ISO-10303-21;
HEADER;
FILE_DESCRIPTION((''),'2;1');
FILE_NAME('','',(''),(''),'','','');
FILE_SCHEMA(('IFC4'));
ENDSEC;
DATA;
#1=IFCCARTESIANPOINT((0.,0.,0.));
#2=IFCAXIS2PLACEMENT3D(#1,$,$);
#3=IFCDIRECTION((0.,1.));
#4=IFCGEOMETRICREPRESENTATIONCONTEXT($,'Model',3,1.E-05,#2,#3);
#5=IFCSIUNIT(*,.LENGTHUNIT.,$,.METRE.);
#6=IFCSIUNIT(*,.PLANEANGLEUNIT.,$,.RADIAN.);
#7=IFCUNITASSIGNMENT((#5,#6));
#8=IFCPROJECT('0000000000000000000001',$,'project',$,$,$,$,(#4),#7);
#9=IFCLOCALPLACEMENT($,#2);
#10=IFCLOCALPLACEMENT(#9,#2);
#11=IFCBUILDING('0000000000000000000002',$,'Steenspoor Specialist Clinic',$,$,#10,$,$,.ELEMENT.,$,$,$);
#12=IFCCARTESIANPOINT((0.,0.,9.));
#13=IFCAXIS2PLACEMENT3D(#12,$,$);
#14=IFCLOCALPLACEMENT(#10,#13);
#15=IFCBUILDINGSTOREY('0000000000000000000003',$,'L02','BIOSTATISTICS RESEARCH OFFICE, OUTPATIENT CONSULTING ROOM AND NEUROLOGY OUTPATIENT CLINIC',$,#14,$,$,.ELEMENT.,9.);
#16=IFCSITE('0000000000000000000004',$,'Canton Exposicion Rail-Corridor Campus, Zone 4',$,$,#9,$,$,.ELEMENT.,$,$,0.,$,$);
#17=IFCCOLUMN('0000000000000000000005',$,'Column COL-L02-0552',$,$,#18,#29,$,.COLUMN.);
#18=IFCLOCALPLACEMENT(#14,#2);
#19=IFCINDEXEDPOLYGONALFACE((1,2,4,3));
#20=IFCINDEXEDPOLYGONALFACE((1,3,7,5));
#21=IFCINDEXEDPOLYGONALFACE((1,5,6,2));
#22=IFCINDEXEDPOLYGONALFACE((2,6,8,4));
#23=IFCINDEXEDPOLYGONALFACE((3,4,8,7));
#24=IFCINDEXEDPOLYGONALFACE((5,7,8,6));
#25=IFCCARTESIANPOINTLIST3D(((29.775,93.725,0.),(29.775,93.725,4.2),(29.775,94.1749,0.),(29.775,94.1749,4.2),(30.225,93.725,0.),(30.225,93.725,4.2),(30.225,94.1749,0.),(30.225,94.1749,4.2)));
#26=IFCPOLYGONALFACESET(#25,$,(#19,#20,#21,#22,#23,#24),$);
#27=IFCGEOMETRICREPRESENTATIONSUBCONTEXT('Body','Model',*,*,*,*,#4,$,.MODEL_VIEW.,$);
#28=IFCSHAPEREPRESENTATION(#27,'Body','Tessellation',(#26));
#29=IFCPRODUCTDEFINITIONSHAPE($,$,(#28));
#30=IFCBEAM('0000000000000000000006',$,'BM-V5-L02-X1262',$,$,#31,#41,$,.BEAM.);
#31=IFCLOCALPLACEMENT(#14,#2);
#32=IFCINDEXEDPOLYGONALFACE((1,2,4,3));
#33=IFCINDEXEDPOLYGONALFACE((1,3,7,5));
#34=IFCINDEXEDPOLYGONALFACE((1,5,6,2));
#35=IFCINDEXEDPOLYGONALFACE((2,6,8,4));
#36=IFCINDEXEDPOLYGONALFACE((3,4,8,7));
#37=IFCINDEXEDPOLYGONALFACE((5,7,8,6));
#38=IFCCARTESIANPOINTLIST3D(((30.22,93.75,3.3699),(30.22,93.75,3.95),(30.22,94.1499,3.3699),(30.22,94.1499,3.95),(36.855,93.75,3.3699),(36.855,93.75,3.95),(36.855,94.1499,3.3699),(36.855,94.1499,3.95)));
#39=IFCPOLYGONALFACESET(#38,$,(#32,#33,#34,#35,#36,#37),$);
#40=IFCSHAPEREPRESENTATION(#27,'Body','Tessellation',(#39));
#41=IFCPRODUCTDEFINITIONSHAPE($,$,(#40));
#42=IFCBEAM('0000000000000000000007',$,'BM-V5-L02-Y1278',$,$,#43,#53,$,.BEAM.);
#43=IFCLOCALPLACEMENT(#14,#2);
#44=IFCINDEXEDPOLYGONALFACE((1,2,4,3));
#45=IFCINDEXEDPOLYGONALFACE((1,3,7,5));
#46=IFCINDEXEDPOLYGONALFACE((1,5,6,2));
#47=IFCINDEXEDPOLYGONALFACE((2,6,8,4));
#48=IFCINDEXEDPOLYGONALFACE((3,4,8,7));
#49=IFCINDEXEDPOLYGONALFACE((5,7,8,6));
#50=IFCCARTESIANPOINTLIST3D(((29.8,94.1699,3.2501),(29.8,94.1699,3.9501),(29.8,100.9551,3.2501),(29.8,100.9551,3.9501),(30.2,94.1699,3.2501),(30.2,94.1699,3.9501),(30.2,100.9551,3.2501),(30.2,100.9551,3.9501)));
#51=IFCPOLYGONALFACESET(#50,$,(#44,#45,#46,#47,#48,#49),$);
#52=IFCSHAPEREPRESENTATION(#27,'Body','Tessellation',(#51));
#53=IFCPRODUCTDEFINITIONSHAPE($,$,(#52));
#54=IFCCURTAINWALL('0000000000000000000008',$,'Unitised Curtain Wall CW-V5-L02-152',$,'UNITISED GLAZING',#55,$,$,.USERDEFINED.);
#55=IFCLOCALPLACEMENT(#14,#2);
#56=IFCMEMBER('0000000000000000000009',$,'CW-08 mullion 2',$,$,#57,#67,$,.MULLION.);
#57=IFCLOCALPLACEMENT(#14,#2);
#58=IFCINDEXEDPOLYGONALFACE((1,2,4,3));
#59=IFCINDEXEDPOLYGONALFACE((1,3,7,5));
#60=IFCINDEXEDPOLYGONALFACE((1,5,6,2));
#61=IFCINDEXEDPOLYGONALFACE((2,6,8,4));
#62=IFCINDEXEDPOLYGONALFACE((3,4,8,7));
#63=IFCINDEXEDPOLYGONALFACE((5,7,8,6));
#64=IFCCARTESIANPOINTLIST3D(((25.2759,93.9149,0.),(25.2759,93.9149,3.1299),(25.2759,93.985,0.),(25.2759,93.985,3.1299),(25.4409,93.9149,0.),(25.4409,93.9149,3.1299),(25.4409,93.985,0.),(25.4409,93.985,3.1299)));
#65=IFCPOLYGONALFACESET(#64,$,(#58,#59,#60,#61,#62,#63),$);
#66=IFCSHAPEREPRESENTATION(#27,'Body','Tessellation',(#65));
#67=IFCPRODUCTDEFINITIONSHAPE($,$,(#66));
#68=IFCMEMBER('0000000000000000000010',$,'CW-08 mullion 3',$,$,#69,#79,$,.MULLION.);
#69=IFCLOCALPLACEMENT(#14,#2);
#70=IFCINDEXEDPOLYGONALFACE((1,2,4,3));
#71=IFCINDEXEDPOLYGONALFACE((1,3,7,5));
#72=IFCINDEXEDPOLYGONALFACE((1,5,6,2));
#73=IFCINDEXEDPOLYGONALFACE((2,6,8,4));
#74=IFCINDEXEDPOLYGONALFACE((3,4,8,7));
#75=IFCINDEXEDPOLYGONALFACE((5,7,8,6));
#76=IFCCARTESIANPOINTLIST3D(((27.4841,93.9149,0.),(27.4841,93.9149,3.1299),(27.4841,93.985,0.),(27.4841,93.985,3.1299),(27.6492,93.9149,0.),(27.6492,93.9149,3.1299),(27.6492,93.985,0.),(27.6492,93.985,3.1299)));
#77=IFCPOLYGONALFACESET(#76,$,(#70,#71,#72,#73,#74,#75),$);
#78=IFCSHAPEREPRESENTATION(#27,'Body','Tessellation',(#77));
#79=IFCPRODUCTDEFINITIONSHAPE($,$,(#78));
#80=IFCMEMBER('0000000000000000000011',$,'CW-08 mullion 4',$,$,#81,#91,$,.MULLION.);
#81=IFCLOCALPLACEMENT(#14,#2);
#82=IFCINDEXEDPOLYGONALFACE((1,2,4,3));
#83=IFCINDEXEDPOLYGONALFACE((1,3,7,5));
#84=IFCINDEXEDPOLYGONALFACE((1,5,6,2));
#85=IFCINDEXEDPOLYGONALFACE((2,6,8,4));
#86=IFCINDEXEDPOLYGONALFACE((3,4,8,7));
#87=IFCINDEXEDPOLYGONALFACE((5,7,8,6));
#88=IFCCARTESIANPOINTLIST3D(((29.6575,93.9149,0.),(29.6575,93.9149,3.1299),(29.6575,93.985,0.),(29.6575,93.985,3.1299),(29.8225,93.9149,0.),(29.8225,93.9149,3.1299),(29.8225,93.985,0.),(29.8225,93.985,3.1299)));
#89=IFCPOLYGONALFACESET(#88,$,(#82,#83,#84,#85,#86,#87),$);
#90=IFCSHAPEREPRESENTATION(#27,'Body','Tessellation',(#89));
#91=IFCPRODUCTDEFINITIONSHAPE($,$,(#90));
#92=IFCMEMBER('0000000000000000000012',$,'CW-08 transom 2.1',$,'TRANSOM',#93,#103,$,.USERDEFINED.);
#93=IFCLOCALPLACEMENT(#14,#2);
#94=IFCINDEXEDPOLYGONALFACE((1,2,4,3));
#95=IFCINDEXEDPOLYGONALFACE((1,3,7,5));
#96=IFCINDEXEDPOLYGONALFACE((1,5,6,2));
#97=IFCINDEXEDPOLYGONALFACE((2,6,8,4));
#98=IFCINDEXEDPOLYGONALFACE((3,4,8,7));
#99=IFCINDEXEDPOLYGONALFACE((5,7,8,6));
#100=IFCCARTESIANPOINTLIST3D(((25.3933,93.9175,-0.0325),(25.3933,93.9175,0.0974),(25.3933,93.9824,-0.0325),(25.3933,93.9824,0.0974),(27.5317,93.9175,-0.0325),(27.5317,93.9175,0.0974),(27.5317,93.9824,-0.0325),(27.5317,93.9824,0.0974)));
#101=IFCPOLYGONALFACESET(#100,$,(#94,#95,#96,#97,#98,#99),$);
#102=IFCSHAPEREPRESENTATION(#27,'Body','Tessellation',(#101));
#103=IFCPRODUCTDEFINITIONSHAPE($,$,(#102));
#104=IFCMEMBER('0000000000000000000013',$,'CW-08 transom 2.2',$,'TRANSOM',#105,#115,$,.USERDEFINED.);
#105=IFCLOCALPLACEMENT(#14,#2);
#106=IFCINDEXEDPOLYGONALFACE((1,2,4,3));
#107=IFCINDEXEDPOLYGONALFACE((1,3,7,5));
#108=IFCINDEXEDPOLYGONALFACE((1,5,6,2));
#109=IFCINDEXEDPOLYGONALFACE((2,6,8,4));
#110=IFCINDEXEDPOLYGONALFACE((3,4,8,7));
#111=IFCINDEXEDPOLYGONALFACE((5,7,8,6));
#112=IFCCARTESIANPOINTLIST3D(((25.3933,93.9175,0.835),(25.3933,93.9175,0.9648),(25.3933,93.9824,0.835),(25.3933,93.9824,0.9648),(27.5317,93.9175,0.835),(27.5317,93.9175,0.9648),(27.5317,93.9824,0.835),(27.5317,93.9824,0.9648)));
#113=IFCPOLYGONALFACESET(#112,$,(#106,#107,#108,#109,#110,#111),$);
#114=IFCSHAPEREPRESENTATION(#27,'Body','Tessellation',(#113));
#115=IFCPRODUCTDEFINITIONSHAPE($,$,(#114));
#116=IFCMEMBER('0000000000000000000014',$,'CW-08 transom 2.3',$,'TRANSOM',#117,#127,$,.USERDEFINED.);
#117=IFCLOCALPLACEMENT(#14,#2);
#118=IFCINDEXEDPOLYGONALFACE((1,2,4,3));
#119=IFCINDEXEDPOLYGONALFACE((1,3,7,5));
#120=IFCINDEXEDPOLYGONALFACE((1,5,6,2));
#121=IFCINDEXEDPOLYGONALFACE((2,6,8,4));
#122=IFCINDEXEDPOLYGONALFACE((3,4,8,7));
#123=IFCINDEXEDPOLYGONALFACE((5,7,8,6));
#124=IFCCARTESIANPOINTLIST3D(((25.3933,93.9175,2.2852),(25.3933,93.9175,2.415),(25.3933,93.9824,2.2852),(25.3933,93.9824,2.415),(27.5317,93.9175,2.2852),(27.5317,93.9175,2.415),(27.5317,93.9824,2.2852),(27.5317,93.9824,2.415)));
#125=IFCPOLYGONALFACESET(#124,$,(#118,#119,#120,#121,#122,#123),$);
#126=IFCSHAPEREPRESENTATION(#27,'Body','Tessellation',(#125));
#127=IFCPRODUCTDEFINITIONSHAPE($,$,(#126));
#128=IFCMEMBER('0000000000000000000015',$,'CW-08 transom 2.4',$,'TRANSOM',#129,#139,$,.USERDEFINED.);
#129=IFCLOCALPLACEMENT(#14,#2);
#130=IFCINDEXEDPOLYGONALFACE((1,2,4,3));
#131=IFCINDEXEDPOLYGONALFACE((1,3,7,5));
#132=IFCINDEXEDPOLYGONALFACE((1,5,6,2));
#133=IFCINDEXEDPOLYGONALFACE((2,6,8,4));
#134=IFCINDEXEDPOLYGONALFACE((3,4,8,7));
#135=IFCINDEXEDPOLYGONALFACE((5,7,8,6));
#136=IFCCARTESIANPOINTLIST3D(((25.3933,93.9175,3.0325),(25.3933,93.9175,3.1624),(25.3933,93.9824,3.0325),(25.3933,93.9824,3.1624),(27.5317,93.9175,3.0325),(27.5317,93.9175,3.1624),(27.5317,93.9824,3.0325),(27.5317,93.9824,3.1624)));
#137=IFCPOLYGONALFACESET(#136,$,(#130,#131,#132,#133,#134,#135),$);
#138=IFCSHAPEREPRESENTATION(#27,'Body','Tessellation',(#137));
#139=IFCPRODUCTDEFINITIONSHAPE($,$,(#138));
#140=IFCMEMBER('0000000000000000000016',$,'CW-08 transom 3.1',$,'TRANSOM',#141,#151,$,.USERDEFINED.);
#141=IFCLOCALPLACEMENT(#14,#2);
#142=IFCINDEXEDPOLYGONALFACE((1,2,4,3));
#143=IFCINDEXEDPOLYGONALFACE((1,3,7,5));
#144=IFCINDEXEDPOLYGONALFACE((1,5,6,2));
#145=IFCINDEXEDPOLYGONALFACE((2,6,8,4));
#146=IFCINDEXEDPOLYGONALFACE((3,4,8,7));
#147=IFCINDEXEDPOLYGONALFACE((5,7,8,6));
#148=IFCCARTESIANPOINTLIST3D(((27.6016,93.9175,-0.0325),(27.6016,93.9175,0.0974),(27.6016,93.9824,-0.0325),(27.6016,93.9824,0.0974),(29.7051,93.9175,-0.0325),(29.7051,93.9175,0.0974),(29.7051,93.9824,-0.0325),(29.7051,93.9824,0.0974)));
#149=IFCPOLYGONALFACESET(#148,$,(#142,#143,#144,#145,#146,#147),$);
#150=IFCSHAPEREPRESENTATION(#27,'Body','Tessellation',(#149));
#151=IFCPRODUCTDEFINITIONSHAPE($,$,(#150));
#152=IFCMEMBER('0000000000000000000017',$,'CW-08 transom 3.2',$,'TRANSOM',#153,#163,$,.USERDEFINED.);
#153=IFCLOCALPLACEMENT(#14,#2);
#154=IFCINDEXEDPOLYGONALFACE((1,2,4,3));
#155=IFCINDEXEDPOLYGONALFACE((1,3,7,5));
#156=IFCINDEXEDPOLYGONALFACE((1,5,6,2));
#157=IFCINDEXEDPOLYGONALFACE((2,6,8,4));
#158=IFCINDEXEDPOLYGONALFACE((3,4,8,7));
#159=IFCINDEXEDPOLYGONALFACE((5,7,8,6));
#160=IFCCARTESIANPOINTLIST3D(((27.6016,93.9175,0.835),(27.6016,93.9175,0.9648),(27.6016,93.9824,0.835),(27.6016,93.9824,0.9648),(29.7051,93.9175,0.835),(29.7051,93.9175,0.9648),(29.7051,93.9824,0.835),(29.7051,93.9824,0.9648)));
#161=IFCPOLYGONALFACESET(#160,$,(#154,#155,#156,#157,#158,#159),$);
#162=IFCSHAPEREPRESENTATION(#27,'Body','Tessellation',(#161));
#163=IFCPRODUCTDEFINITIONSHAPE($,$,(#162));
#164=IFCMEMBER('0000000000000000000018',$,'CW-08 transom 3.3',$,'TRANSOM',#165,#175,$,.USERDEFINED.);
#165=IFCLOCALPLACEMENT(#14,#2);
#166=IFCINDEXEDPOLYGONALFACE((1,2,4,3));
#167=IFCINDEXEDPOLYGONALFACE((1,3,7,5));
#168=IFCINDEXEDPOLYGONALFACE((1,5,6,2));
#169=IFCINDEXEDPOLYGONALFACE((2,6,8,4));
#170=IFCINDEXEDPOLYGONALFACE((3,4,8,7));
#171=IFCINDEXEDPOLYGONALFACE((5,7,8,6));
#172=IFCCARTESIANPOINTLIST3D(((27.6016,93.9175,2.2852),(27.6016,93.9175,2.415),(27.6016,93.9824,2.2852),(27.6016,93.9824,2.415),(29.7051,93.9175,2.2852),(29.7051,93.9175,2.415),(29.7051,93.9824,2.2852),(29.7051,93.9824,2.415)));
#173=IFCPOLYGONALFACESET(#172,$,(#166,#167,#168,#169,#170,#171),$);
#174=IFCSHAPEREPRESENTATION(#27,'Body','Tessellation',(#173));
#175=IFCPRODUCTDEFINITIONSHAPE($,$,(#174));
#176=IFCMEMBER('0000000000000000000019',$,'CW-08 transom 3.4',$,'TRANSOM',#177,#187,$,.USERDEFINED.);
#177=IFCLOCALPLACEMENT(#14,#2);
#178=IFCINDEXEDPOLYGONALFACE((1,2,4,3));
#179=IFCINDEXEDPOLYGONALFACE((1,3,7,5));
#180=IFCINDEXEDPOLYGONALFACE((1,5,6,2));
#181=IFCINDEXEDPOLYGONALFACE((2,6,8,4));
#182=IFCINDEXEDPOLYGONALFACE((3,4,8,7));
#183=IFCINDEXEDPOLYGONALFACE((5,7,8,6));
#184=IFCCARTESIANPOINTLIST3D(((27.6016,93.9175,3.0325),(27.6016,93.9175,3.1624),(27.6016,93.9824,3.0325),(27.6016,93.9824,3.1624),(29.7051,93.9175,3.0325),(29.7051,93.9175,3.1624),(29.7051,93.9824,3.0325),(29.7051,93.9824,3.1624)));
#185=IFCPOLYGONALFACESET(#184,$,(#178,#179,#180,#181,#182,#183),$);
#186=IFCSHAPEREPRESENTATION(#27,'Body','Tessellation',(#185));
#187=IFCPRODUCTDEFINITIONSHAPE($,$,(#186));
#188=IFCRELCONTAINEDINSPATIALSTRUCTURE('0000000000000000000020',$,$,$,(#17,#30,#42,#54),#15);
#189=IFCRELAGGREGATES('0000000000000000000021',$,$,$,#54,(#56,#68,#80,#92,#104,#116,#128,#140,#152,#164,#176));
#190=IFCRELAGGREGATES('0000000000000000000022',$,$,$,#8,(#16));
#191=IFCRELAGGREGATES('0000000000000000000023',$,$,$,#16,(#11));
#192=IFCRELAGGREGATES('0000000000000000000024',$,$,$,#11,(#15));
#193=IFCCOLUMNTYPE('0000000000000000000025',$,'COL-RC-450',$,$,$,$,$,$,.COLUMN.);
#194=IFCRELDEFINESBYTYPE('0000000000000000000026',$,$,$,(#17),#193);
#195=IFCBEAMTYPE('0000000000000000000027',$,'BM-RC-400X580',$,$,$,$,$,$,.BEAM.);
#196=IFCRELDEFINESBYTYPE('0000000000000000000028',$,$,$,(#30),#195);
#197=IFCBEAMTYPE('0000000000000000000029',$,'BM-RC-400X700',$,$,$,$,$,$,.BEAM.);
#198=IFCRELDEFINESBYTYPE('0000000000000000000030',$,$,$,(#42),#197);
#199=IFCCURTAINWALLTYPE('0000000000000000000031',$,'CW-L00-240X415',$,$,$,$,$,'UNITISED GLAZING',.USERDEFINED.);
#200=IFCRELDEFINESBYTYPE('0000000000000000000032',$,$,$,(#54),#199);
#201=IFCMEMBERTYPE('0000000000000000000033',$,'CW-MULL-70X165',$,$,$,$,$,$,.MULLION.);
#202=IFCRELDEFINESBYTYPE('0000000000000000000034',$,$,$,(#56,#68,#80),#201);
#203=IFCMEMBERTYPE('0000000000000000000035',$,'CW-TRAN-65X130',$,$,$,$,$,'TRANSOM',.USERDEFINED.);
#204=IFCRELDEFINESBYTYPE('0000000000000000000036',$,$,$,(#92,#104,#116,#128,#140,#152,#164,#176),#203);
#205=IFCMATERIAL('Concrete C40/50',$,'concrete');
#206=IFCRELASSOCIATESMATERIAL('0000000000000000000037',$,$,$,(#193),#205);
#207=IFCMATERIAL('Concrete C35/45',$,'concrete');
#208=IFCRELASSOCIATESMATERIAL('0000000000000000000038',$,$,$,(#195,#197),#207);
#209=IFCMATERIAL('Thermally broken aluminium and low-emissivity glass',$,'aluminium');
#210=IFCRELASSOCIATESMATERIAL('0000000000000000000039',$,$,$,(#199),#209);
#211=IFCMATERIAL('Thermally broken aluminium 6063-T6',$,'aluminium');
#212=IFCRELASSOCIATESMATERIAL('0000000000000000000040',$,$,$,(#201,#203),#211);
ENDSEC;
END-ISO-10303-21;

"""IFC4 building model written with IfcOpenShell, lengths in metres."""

from ifc_helpers import new_model, si_unit, direction, frame, origin, origin_2d, place, context, subcontext, project, spatial, rectangle, extrude, material, material_profile, profile_set, type_object, element, aggregate, save


model = new_model("IFC4")

# Units and contexts
model_context = context("Model", 3, precision=1e-05, world=origin(), true_north=direction((0.0, 1.0)))
body_context = subcontext(model_context, "Body", "Model", "MODEL_VIEW")
ifc_project = project(units=[si_unit("LENGTHUNIT", "METRE"), si_unit("PLANEANGLEUNIT", "RADIAN")], contexts=[model_context])

# Site, building, storey
site_placement = place(None, origin())
site = spatial("IfcSite", under=ifc_project, at=site_placement, Name="Canton Exposicion Rail-Corridor Campus, Zone 4", CompositionType="ELEMENT", RefElevation=0.0)
building_placement = place(site_placement, origin())
building = spatial("IfcBuilding", under=site, at=building_placement, Name="Steenspoor Specialist Clinic", CompositionType="ELEMENT")
storey_placement = place(building_placement, frame((0.0, 0.0, 9.0)))
storey = spatial("IfcBuildingStorey", under=building, at=storey_placement, Name="L02", Description="BIOSTATISTICS RESEARCH OFFICE, OUTPATIENT CONSULTING ROOM AND NEUROLOGY OUTPATIENT CLINIC", CompositionType="ELEMENT", Elevation=9.0)

# Column
ifc_material_1 = material(Name="Concrete C40/50", Category="concrete")
ifc_material_profile_1 = material_profile(ifc_material_1, rectangle(XDim=0.45, YDim=0.45, at=origin_2d()), Name="RC-COL-450X450")
ifc_profile_set_1 = profile_set([ifc_material_profile_1], Name="Concrete C40/50")
column_type = type_object("IfcColumnType", Name="COL-RC-450", PredefinedType="COLUMN", material=ifc_profile_set_1)
column_placement = place(storey_placement, frame((30.0, 93.95, 0.0), z_axis=(0.0, 0.0, 1.0), x_axis=(1.0, 0.0, 0.0)))
element("IfcColumn", 1, at=column_placement, inside=storey, type_object=column_type, Name="Column COL-L02-0552", PredefinedType="COLUMN", context=body_context, shape_type="SweptSolid", body=[
    extrude(rectangle(XDim=0.45, YDim=0.45, at=origin_2d()), origin(), (0.0, 0.0, 1.0), 4.2),
])

# Beams
ifc_material_2 = material(Name="Concrete C35/45", Category="concrete")
ifc_material_profile_2 = material_profile(ifc_material_2, rectangle(XDim=0.3999, YDim=0.5801, at=origin_2d()), Name="RC-BM-400X580")
ifc_profile_set_2 = profile_set([ifc_material_profile_2], Name="Concrete C35/45")
beam_type_1 = type_object("IfcBeamType", Name="BM-RC-400X580", PredefinedType="BEAM", material=ifc_profile_set_2)
beam_1_placement = place(storey_placement, frame((30.22, 93.95, 3.6599), z_axis=(1.0, 0.0, 0.0), x_axis=(0.0, 1.0, 0.0)))
element("IfcBeam", 2, at=beam_1_placement, inside=storey, type_object=beam_type_1, Name="BM-V5-L02-X1262", PredefinedType="BEAM", context=body_context, shape_type="SweptSolid", body=[
    extrude(rectangle(XDim=0.3999, YDim=0.5801, at=origin_2d()), origin(), (0.0, 0.0, 1.0), 6.635),
])
ifc_material_profile_3 = material_profile(ifc_material_2, rectangle(XDim=0.3999, YDim=0.7, at=origin_2d()), Name="RC-BM-400X700")
ifc_profile_set_3 = profile_set([ifc_material_profile_3], Name="Concrete C35/45")
beam_type_2 = type_object("IfcBeamType", Name="BM-RC-400X700", PredefinedType="BEAM", material=ifc_profile_set_3)
beam_2_placement = place(storey_placement, frame((30.0, 94.1699, 3.6001), z_axis=(0.0, 1.0, 0.0), x_axis=(-1.0, 0.0, 0.0)))
element("IfcBeam", 3, at=beam_2_placement, inside=storey, type_object=beam_type_2, Name="BM-V5-L02-Y1278", PredefinedType="BEAM", context=body_context, shape_type="SweptSolid", body=[
    extrude(rectangle(XDim=0.3999, YDim=0.7, at=origin_2d()), origin(), (0.0, 0.0, 1.0), 6.7852),
])

# Curtain wall, members
ifc_material_3 = material(Name="Thermally broken aluminium and low-emissivity glass", Category="aluminium")
curtain_wall_type = type_object("IfcCurtainWallType", Name="CW-L00-240X415", ElementType="UNITISED GLAZING", PredefinedType="USERDEFINED", material=ifc_material_3)
curtain_wall_placement = place(storey_placement, origin())
curtain_wall = element("IfcCurtainWall", 4, at=curtain_wall_placement, inside=storey, type_object=curtain_wall_type, Name="Unitised Curtain Wall CW-V5-L02-152", ObjectType="UNITISED GLAZING", PredefinedType="USERDEFINED")
ifc_material_4 = material(Name="Thermally broken aluminium 6063-T6", Category="aluminium")
ifc_material_profile_4 = material_profile(ifc_material_4, rectangle(XDim=0.0701, YDim=0.165, at=origin_2d()), Name="CWM-70X165")
ifc_profile_set_4 = profile_set([ifc_material_profile_4], Name="Thermally broken aluminium 6063-T6")
member_type_1 = type_object("IfcMemberType", Name="CW-MULL-70X165", PredefinedType="MULLION", material=ifc_profile_set_4)
member_1_placement = place(storey_placement, frame((25.3584, 93.95, 0.0), z_axis=(0.0, 0.0, 1.0), x_axis=(0.0, 1.0, 0.0)))
member_1 = element("IfcMember", 5, at=member_1_placement, type_object=member_type_1, Name="CW-08 mullion 2", PredefinedType="MULLION", context=body_context, shape_type="SweptSolid", body=[
    extrude(rectangle(XDim=0.0701, YDim=0.165, at=origin_2d()), origin(), (0.0, 0.0, 1.0), 3.1299),
])
member_2_placement = place(storey_placement, frame((27.5667, 93.95, 0.0), z_axis=(0.0, 0.0, 1.0), x_axis=(0.0, 1.0, 0.0)))
member_2 = element("IfcMember", 6, at=member_2_placement, type_object=member_type_1, Name="CW-08 mullion 3", PredefinedType="MULLION", context=body_context, shape_type="SweptSolid", body=[
    extrude(rectangle(XDim=0.0701, YDim=0.165, at=origin_2d()), origin(), (0.0, 0.0, 1.0), 3.1299),
])
member_3_placement = place(storey_placement, frame((29.74, 93.95, 0.0), z_axis=(0.0, 0.0, 1.0), x_axis=(0.0, 1.0, 0.0)))
member_3 = element("IfcMember", 7, at=member_3_placement, type_object=member_type_1, Name="CW-08 mullion 4", PredefinedType="MULLION", context=body_context, shape_type="SweptSolid", body=[
    extrude(rectangle(XDim=0.0701, YDim=0.165, at=origin_2d()), origin(), (0.0, 0.0, 1.0), 3.1299),
])
ifc_material_profile_5 = material_profile(ifc_material_4, rectangle(XDim=0.0649, YDim=0.1299, at=origin_2d()), Name="CWT-65X130")
ifc_profile_set_5 = profile_set([ifc_material_profile_5], Name="Thermally broken aluminium 6063-T6")
member_type_2 = type_object("IfcMemberType", Name="CW-TRAN-65X130", ElementType="TRANSOM", PredefinedType="USERDEFINED", material=ifc_profile_set_5)
member_4_placement = place(storey_placement, frame((25.3933, 93.95, 0.0325), z_axis=(1.0, 0.0, 0.0), x_axis=(0.0, 1.0, 0.0)))
member_4 = element("IfcMember", 8, at=member_4_placement, type_object=member_type_2, Name="CW-08 transom 2.1", ObjectType="TRANSOM", PredefinedType="USERDEFINED", context=body_context, shape_type="SweptSolid", body=[
    extrude(rectangle(XDim=0.0649, YDim=0.1299, at=origin_2d()), origin(), (0.0, 0.0, 1.0), 2.1384),
])
member_5_placement = place(storey_placement, frame((25.3933, 93.95, 0.8999), z_axis=(1.0, 0.0, 0.0), x_axis=(0.0, 1.0, 0.0)))
member_5 = element("IfcMember", 9, at=member_5_placement, type_object=member_type_2, Name="CW-08 transom 2.2", ObjectType="TRANSOM", PredefinedType="USERDEFINED", context=body_context, shape_type="SweptSolid", body=[
    extrude(rectangle(XDim=0.0649, YDim=0.1299, at=origin_2d()), origin(), (0.0, 0.0, 1.0), 2.1384),
])
member_6_placement = place(storey_placement, frame((25.3933, 93.95, 2.3501), z_axis=(1.0, 0.0, 0.0), x_axis=(0.0, 1.0, 0.0)))
member_6 = element("IfcMember", 10, at=member_6_placement, type_object=member_type_2, Name="CW-08 transom 2.3", ObjectType="TRANSOM", PredefinedType="USERDEFINED", context=body_context, shape_type="SweptSolid", body=[
    extrude(rectangle(XDim=0.0649, YDim=0.1299, at=origin_2d()), origin(), (0.0, 0.0, 1.0), 2.1384),
])
member_7_placement = place(storey_placement, frame((25.3933, 93.95, 3.0974), z_axis=(1.0, 0.0, 0.0), x_axis=(0.0, 1.0, 0.0)))
member_7 = element("IfcMember", 11, at=member_7_placement, type_object=member_type_2, Name="CW-08 transom 2.4", ObjectType="TRANSOM", PredefinedType="USERDEFINED", context=body_context, shape_type="SweptSolid", body=[
    extrude(rectangle(XDim=0.0649, YDim=0.1299, at=origin_2d()), origin(), (0.0, 0.0, 1.0), 2.1384),
])
member_8_placement = place(storey_placement, frame((27.6016, 93.95, 0.0325), z_axis=(1.0, 0.0, 0.0), x_axis=(0.0, 1.0, 0.0)))
member_8 = element("IfcMember", 12, at=member_8_placement, type_object=member_type_2, Name="CW-08 transom 3.1", ObjectType="TRANSOM", PredefinedType="USERDEFINED", context=body_context, shape_type="SweptSolid", body=[
    extrude(rectangle(XDim=0.0649, YDim=0.1299, at=origin_2d()), origin(), (0.0, 0.0, 1.0), 2.1035),
])
member_9_placement = place(storey_placement, frame((27.6016, 93.95, 0.8999), z_axis=(1.0, 0.0, 0.0), x_axis=(0.0, 1.0, 0.0)))
member_9 = element("IfcMember", 13, at=member_9_placement, type_object=member_type_2, Name="CW-08 transom 3.2", ObjectType="TRANSOM", PredefinedType="USERDEFINED", context=body_context, shape_type="SweptSolid", body=[
    extrude(rectangle(XDim=0.0649, YDim=0.1299, at=origin_2d()), origin(), (0.0, 0.0, 1.0), 2.1035),
])
member_10_placement = place(storey_placement, frame((27.6016, 93.95, 2.3501), z_axis=(1.0, 0.0, 0.0), x_axis=(0.0, 1.0, 0.0)))
member_10 = element("IfcMember", 14, at=member_10_placement, type_object=member_type_2, Name="CW-08 transom 3.3", ObjectType="TRANSOM", PredefinedType="USERDEFINED", context=body_context, shape_type="SweptSolid", body=[
    extrude(rectangle(XDim=0.0649, YDim=0.1299, at=origin_2d()), origin(), (0.0, 0.0, 1.0), 2.1035),
])
member_11_placement = place(storey_placement, frame((27.6016, 93.95, 3.0974), z_axis=(1.0, 0.0, 0.0), x_axis=(0.0, 1.0, 0.0)))
member_11 = element("IfcMember", 15, at=member_11_placement, type_object=member_type_2, Name="CW-08 transom 3.4", ObjectType="TRANSOM", PredefinedType="USERDEFINED", context=body_context, shape_type="SweptSolid", body=[
    extrude(rectangle(XDim=0.0649, YDim=0.1299, at=origin_2d()), origin(), (0.0, 0.0, 1.0), 2.1035),
])

aggregate(curtain_wall, [member_1, member_2, member_3, member_4, member_5, member_6, member_7, member_8, member_9, member_10, member_11])

save(model, "model.ifc")
